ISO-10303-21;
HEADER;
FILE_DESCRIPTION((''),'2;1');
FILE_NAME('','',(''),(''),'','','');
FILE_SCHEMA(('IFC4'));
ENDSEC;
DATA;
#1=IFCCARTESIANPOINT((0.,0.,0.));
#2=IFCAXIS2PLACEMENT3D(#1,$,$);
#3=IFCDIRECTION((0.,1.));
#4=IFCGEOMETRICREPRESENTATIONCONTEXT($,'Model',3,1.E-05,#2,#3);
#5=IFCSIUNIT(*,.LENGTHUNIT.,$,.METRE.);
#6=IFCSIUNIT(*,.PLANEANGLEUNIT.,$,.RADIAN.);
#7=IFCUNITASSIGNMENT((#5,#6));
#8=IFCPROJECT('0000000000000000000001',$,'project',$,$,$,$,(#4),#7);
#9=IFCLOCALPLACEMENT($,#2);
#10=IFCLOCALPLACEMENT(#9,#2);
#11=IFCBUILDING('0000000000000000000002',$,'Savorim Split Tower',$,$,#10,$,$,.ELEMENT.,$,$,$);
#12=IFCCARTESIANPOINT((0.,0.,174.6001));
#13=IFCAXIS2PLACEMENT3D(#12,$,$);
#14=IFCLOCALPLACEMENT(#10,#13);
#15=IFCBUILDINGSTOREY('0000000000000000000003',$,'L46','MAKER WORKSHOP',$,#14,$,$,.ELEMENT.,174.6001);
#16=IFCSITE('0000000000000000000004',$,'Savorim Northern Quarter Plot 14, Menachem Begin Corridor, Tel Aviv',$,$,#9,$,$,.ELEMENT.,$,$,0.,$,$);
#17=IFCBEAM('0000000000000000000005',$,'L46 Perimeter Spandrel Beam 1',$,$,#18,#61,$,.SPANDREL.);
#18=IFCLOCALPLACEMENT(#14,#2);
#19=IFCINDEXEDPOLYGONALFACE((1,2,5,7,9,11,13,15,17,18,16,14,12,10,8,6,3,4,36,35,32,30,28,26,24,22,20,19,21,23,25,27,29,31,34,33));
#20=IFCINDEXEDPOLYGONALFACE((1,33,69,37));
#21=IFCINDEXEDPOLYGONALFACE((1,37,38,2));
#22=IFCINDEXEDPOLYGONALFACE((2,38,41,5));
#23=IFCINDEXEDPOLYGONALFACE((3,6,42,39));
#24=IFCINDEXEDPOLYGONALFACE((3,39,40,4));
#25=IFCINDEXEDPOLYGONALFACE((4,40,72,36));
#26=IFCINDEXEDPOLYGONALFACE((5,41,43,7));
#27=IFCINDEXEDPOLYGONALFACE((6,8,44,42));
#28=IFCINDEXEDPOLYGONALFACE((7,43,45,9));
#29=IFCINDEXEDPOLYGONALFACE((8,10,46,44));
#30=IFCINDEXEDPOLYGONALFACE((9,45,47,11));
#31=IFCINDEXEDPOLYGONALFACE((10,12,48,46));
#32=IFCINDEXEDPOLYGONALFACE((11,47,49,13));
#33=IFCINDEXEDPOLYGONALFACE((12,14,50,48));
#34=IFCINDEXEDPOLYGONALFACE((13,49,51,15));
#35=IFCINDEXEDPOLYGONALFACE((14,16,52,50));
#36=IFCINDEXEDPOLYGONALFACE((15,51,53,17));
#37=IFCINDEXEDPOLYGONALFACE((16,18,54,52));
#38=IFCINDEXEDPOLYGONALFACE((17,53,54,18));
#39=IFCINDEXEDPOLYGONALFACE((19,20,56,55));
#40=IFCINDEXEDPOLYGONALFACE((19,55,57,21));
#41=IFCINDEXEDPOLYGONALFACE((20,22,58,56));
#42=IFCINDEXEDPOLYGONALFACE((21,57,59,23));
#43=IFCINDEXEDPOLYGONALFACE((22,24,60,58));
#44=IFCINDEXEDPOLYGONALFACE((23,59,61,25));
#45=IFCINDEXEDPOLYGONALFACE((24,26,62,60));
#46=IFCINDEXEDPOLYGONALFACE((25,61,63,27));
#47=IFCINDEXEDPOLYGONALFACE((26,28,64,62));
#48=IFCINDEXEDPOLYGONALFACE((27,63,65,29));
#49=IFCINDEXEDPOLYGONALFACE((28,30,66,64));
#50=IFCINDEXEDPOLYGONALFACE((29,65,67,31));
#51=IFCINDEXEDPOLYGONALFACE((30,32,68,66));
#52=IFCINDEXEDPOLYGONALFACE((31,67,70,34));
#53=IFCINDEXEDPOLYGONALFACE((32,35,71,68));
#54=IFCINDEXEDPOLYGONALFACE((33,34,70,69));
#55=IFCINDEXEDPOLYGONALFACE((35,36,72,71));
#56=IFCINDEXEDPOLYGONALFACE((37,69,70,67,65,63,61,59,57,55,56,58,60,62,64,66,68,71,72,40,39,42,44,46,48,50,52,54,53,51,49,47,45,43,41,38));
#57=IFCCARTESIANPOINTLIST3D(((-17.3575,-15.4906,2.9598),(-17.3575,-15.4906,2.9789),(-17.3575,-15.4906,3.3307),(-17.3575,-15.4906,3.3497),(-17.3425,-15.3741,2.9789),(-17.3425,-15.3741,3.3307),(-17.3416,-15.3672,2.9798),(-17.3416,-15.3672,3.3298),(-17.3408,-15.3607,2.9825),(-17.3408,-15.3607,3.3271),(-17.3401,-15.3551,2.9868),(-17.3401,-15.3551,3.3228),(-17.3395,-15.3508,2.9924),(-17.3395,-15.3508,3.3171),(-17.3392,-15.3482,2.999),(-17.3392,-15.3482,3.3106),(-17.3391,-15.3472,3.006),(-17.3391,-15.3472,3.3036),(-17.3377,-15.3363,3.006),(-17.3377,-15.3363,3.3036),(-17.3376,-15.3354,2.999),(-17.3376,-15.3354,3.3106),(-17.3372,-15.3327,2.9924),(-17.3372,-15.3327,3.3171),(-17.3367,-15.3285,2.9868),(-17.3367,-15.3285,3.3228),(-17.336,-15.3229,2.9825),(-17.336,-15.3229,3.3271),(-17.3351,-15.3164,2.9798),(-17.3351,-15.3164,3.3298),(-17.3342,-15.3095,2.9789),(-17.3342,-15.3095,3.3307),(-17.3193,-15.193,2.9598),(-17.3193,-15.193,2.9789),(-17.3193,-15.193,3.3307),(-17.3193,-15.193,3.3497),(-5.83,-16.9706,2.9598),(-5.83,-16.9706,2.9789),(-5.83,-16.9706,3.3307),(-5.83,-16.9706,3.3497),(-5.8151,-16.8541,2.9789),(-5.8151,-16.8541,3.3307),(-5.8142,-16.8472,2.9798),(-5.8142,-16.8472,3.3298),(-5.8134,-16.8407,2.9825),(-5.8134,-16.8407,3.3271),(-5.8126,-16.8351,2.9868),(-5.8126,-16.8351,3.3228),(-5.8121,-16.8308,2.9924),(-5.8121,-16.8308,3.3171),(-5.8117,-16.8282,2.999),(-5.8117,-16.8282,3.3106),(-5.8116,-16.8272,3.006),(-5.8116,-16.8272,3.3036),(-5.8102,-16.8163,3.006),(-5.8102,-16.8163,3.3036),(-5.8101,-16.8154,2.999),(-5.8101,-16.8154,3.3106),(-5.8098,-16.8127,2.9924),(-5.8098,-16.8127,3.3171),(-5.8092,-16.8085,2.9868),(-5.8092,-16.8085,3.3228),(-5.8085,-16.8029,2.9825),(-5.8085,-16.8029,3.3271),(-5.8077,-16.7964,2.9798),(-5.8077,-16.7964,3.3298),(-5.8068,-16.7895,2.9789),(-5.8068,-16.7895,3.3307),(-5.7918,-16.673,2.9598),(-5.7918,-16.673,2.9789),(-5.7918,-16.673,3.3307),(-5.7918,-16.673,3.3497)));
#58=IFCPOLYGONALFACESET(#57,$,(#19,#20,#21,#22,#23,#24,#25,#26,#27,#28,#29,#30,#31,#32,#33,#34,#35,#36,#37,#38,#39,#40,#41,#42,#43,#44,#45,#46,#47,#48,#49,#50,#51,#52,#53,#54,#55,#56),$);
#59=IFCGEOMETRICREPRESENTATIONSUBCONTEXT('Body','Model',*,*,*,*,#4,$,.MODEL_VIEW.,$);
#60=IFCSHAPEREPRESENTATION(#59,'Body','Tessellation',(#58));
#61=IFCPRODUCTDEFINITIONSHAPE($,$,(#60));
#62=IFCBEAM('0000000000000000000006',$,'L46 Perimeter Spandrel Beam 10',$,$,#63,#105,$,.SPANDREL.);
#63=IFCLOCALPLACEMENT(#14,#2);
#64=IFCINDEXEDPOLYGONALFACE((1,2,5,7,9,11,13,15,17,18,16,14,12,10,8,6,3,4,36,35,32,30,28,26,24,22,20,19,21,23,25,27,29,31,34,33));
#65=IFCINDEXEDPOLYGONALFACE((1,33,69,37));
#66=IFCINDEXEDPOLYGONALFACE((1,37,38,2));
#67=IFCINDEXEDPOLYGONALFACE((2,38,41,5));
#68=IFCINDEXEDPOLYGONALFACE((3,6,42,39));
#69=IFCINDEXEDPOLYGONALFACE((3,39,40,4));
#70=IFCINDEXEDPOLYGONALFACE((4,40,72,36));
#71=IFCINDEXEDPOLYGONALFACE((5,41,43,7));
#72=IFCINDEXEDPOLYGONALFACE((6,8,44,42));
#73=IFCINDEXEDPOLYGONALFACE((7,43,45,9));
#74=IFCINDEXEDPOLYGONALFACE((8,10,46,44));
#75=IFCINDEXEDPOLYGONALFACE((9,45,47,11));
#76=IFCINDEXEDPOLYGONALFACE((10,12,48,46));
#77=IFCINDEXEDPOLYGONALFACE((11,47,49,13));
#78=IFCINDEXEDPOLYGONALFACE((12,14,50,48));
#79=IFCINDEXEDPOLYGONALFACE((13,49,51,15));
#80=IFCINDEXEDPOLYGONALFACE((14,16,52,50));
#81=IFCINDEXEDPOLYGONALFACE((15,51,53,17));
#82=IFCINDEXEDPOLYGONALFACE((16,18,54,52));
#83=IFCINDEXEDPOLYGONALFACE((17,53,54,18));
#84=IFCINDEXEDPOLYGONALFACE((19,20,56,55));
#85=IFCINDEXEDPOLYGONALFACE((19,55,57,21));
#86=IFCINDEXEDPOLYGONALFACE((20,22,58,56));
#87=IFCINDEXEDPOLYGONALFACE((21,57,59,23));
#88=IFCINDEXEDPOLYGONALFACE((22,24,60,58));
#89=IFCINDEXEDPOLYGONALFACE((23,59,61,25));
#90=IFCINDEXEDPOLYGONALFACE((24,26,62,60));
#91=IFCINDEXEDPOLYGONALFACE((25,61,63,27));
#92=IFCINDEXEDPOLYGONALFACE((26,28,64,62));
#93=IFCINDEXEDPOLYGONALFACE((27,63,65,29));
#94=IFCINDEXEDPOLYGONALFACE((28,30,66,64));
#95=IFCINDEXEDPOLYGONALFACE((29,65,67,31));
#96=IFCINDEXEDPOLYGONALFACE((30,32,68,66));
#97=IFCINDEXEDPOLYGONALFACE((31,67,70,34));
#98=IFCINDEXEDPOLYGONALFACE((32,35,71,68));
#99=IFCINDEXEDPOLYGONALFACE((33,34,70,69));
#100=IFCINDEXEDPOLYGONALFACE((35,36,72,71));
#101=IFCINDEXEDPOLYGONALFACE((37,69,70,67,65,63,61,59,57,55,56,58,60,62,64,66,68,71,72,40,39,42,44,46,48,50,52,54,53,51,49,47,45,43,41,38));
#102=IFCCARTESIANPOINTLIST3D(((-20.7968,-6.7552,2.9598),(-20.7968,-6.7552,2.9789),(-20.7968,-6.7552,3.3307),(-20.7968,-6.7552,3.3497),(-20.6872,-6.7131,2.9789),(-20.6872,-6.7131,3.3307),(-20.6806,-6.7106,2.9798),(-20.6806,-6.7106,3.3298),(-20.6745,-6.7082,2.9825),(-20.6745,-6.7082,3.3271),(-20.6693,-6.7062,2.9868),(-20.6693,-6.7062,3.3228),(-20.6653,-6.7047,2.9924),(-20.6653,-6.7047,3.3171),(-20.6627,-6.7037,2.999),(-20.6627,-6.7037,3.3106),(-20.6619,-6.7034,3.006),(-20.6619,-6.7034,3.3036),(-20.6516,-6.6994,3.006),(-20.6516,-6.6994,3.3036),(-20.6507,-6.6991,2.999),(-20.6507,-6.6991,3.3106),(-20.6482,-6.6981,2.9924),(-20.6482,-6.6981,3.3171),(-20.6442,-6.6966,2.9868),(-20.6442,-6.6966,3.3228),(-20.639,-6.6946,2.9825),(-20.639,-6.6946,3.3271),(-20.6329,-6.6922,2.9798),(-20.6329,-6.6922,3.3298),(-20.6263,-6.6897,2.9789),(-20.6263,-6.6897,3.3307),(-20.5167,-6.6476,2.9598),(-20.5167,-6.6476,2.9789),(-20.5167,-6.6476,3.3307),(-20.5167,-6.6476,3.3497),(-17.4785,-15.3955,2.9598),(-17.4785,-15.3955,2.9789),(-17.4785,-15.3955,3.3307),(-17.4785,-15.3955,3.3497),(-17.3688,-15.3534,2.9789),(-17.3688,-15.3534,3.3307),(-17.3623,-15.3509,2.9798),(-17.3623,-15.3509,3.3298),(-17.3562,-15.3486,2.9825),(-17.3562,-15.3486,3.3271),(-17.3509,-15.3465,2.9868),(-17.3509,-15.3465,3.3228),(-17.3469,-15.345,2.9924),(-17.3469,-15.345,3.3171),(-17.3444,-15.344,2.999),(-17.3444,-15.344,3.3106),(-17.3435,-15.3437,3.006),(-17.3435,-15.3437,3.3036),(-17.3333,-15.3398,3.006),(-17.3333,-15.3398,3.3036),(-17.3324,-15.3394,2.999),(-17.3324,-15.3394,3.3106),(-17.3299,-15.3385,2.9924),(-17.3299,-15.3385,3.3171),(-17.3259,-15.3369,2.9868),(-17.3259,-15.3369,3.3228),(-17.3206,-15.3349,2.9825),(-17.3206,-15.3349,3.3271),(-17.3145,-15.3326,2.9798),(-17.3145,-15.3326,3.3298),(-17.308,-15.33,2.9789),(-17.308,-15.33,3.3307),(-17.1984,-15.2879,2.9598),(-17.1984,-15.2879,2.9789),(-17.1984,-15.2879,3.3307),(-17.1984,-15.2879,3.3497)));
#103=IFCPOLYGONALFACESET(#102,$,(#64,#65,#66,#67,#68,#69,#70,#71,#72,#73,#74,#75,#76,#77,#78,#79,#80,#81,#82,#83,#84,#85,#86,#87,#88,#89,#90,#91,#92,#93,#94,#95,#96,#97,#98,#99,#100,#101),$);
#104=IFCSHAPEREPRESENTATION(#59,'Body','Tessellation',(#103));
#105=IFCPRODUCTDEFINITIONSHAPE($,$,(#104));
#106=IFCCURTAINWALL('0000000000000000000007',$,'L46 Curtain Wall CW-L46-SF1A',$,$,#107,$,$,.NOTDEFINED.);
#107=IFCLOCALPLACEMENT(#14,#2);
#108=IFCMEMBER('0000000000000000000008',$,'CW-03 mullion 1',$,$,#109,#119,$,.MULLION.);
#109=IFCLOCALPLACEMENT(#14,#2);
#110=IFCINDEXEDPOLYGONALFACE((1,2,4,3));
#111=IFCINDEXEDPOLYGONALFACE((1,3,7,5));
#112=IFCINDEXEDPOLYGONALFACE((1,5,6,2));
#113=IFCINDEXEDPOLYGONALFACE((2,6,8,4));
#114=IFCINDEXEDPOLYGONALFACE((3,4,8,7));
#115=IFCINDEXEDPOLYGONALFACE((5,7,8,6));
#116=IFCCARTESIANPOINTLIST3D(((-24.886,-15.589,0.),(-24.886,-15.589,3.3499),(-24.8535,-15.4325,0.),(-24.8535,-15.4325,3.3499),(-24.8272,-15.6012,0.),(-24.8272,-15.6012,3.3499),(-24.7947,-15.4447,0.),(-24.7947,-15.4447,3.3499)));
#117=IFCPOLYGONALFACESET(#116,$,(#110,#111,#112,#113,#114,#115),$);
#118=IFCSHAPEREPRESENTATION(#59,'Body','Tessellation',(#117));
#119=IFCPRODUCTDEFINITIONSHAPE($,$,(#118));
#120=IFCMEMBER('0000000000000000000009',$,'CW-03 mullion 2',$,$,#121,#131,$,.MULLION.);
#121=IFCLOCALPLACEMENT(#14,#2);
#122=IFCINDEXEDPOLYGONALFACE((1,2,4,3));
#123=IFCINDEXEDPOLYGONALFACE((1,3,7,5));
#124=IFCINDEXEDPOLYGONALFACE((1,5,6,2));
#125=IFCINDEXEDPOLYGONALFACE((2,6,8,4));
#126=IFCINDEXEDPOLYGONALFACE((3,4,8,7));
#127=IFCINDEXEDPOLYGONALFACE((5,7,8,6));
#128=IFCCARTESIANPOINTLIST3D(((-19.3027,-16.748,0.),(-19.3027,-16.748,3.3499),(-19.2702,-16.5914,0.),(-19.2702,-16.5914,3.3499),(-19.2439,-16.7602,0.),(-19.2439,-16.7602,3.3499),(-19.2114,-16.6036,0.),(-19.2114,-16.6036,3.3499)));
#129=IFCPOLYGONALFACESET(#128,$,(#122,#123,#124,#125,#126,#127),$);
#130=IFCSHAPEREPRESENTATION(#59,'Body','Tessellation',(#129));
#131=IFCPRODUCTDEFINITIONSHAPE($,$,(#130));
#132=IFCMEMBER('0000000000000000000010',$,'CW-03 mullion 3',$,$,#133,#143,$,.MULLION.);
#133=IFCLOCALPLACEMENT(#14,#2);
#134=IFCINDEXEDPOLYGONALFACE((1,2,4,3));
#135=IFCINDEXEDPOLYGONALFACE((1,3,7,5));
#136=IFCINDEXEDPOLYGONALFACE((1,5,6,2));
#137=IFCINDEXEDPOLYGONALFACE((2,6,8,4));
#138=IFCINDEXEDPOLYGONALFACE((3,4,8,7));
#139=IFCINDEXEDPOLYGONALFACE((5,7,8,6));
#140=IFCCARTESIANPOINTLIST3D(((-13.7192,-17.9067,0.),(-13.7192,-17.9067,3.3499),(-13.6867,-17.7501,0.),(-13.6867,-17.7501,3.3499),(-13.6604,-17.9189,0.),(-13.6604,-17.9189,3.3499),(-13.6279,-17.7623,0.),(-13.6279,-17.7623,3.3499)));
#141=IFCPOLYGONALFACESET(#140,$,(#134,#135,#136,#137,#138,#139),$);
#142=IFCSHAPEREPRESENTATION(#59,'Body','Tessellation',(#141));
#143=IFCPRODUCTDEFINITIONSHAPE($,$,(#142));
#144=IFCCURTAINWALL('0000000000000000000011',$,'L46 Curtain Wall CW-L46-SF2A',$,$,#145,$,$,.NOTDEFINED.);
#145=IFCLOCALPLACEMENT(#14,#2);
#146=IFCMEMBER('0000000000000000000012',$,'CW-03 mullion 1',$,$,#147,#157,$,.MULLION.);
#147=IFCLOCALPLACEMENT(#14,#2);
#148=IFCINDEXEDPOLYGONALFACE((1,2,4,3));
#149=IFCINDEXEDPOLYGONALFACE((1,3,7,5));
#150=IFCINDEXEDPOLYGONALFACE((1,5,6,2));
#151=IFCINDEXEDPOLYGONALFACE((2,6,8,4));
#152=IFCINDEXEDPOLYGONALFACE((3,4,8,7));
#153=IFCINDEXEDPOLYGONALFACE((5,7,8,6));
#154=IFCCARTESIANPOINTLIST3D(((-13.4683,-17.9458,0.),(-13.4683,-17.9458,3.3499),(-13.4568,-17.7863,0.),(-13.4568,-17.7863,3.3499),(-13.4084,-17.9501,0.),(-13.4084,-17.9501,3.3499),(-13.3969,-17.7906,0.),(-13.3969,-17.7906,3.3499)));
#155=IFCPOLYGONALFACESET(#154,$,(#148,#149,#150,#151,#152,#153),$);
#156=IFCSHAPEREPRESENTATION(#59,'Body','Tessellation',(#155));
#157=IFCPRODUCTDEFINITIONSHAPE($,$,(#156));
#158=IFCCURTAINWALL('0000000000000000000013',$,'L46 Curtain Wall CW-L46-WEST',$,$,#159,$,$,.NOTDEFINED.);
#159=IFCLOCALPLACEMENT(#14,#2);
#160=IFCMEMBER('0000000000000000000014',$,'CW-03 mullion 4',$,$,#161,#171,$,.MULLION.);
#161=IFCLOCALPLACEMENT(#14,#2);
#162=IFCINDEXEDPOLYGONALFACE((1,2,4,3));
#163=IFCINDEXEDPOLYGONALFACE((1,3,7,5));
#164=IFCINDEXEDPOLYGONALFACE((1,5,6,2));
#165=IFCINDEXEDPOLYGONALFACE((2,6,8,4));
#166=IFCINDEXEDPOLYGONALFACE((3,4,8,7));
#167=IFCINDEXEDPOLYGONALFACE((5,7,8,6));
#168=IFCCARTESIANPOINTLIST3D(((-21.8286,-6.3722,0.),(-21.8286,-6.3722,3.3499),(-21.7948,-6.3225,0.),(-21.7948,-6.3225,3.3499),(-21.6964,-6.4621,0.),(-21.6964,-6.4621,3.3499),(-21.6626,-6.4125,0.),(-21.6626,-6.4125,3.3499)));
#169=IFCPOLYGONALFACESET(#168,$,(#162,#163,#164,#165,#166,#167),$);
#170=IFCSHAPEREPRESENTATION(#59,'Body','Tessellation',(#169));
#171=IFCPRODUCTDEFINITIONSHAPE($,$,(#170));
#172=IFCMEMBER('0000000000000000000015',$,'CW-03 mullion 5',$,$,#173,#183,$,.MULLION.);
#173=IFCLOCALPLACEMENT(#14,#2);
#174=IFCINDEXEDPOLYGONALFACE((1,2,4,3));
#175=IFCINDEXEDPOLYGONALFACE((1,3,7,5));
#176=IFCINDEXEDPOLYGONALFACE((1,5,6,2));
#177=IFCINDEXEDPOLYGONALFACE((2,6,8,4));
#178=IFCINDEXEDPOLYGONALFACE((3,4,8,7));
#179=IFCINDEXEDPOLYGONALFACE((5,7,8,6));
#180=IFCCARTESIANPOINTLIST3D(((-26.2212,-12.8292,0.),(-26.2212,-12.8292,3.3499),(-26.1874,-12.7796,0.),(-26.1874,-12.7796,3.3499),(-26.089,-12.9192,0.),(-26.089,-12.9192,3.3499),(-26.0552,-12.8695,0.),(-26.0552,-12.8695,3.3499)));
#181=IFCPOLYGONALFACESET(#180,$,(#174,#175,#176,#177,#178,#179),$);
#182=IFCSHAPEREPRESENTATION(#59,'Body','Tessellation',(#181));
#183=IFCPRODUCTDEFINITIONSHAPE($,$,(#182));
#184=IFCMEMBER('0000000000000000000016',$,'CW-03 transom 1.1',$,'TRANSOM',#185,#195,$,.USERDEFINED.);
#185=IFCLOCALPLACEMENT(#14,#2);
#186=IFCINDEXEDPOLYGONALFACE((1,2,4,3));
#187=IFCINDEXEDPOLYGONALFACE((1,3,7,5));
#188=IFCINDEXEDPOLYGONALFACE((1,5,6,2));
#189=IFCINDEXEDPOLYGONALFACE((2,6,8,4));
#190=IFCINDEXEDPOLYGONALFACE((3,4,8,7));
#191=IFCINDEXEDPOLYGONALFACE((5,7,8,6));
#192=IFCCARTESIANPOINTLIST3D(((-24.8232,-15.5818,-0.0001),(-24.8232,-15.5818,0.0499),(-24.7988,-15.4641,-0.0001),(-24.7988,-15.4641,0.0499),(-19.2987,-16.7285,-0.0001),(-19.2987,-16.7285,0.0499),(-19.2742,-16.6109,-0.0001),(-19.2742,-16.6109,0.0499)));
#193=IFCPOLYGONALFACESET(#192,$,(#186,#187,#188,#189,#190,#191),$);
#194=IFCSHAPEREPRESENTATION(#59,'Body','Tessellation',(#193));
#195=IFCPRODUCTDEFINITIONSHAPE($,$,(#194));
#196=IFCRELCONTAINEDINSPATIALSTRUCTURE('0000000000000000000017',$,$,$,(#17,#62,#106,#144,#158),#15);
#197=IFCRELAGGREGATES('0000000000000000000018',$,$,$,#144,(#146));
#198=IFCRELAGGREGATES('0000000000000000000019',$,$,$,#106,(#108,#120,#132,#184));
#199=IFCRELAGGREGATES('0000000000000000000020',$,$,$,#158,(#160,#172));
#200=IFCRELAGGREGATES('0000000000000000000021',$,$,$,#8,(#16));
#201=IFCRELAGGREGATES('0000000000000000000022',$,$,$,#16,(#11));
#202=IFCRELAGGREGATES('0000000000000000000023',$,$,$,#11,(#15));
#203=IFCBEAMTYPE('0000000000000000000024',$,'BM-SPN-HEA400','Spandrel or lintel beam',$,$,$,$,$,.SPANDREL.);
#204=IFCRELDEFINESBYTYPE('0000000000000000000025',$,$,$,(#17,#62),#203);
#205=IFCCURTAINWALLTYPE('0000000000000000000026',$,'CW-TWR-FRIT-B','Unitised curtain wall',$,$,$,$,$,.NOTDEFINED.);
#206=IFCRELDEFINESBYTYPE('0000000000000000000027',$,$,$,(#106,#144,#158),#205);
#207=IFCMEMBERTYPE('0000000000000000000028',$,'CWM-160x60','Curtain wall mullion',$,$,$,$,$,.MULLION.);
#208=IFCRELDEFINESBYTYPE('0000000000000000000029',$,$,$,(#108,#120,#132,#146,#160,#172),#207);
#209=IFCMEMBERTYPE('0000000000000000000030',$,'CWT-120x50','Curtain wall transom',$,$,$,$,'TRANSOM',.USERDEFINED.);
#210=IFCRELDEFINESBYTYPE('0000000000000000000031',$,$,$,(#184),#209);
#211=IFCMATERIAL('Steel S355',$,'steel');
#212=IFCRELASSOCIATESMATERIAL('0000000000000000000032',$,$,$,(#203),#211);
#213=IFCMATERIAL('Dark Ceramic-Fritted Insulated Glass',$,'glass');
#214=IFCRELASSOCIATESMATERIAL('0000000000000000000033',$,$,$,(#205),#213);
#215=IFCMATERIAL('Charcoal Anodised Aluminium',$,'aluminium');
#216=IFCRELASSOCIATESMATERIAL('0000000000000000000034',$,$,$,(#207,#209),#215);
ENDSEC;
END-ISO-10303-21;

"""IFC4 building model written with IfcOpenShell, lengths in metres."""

from ifc_helpers import new_model, si_unit, direction, frame, origin, origin_2d, place, context, subcontext, project, spatial, rectangle, i_section, extrude, material, material_profile, profile_set, type_object, element, aggregate, save


model = new_model("IFC4")

# Units and contexts
model_context = context("Model", 3, precision=1e-05, world=origin(), true_north=direction((0.0, 1.0)))
body_context = subcontext(model_context, "Body", "Model", "MODEL_VIEW")
ifc_project = project(units=[si_unit("LENGTHUNIT", "METRE"), si_unit("PLANEANGLEUNIT", "RADIAN")], contexts=[model_context])

# Site, building, storey
site_placement = place(None, origin())
site = spatial("IfcSite", under=ifc_project, at=site_placement, Name="Savorim Northern Quarter Plot 14, Menachem Begin Corridor, Tel Aviv", CompositionType="ELEMENT", RefElevation=0.0)
building_placement = place(site_placement, origin())
building = spatial("IfcBuilding", under=site, at=building_placement, Name="Savorim Split Tower", CompositionType="ELEMENT")
storey_placement = place(building_placement, frame((0.0, 0.0, 174.6001)))
storey = spatial("IfcBuildingStorey", under=building, at=storey_placement, Name="L46", Description="MAKER WORKSHOP", CompositionType="ELEMENT", Elevation=174.6001)

# Beams
ifc_material_1 = material(Name="Steel S355", Category="steel")
ifc_material_profile_1 = material_profile(ifc_material_1, i_section(OverallWidth=0.3, OverallDepth=0.3899, WebThickness=0.011, FlangeThickness=0.019, FilletRadius=0.0271, at=origin_2d()), Name="HEA 400")
ifc_profile_set_1 = profile_set([ifc_material_profile_1], Name="Steel S355")
beam_type_1 = type_object("IfcBeamType", Name="BM-SPN-HEA400", Description="Spandrel or lintel beam", PredefinedType="SPANDREL", material=ifc_profile_set_1)
beam_1_placement = place(storey_placement, frame((-17.3384, -15.3418, 3.1548), z_axis=(0.991859, -0.127343, 0.0), x_axis=(0.127343, 0.991859, 0.0)))
element("IfcBeam", 1, at=beam_1_placement, inside=storey, type_object=beam_type_1, Name="L46 Perimeter Spandrel Beam 1", PredefinedType="SPANDREL", context=body_context, shape_type="SweptSolid", body=[
    extrude(i_section(OverallWidth=0.3, OverallDepth=0.3899, WebThickness=0.011, FlangeThickness=0.019, FilletRadius=0.0271, at=origin_2d()), origin(), (0.0, 0.0, 1.0), 11.6221),
])
beam_2_placement = place(storey_placement, frame((-20.6567, -6.7014, 3.1548), z_axis=(0.358521, -0.933522, 0.0), x_axis=(0.933522, 0.358521, 0.0)))
element("IfcBeam", 2, at=beam_2_placement, inside=storey, type_object=beam_type_1, Name="L46 Perimeter Spandrel Beam 10", PredefinedType="SPANDREL", context=body_context, shape_type="SweptSolid", body=[
    extrude(i_section(OverallWidth=0.3, OverallDepth=0.3899, WebThickness=0.011, FlangeThickness=0.019, FilletRadius=0.0271, at=origin_2d()), origin(), (0.0, 0.0, 1.0), 9.2556),
])

# Curtain wall, members
ifc_material_2 = material(Name="Dark Ceramic-Fritted Insulated Glass", Category="glass")
curtain_wall_type = type_object("IfcCurtainWallType", Name="CW-TWR-FRIT-B", Description="Unitised curtain wall", PredefinedType="NOTDEFINED", material=ifc_material_2)
curtain_wall_1_placement = place(storey_placement, origin())
curtain_wall_1 = element("IfcCurtainWall", 3, at=curtain_wall_1_placement, inside=storey, type_object=curtain_wall_type, Name="L46 Curtain Wall CW-L46-SF1A", PredefinedType="NOTDEFINED")
ifc_material_3 = material(Name="Charcoal Anodised Aluminium", Category="aluminium")
ifc_material_profile_2 = material_profile(ifc_material_3, rectangle(XDim=0.1599, YDim=0.0601, at=origin_2d()), Name="ALU-M 160x60")
ifc_profile_set_2 = profile_set([ifc_material_profile_2], Name="Charcoal Anodised Aluminium")
member_type_1 = type_object("IfcMemberType", Name="CWM-160x60", Description="Curtain wall mullion", PredefinedType="MULLION", material=ifc_profile_set_2)
member_1_placement = place(storey_placement, frame((-24.8403, -15.5168, 0.0), z_axis=(0.0, 0.0, 1.0), x_axis=(0.203216, 0.979134, 0.0)))
member_1 = element("IfcMember", 4, at=member_1_placement, type_object=member_type_1, Name="CW-03 mullion 1", PredefinedType="MULLION", context=body_context, shape_type="SweptSolid", body=[
    extrude(rectangle(XDim=0.1599, YDim=0.0601, at=origin_2d()), origin(), (0.0, 0.0, 1.0), 3.3499),
])
member_2_placement = place(storey_placement, frame((-19.2571, -16.6758, 0.0), z_axis=(0.0, 0.0, 1.0), x_axis=(0.203216, 0.979134, 0.0)))
member_2 = element("IfcMember", 5, at=member_2_placement, type_object=member_type_1, Name="CW-03 mullion 2", PredefinedType="MULLION", context=body_context, shape_type="SweptSolid", body=[
    extrude(rectangle(XDim=0.1599, YDim=0.0601, at=origin_2d()), origin(), (0.0, 0.0, 1.0), 3.3499),
])
member_3_placement = place(storey_placement, frame((-13.6736, -17.8345, 0.0), z_axis=(0.0, 0.0, 1.0), x_axis=(0.203216, 0.979134, 0.0)))
member_3 = element("IfcMember", 6, at=member_3_placement, type_object=member_type_1, Name="CW-03 mullion 3", PredefinedType="MULLION", context=body_context, shape_type="SweptSolid", body=[
    extrude(rectangle(XDim=0.1599, YDim=0.0601, at=origin_2d()), origin(), (0.0, 0.0, 1.0), 3.3499),
])

# Curtain wall, member
curtain_wall_2_placement = place(storey_placement, origin())
curtain_wall_2 = element("IfcCurtainWall", 7, at=curtain_wall_2_placement, inside=storey, type_object=curtain_wall_type, Name="L46 Curtain Wall CW-L46-SF2A", PredefinedType="NOTDEFINED")
member_4_placement = place(storey_placement, frame((-13.4326, -17.8682, 0.0), z_axis=(0.0, 0.0, 1.0), x_axis=(0.071559, 0.997436, 0.0)))
member_4 = element("IfcMember", 8, at=member_4_placement, type_object=member_type_1, Name="CW-03 mullion 1", PredefinedType="MULLION", context=body_context, shape_type="SweptSolid", body=[
    extrude(rectangle(XDim=0.1599, YDim=0.0601, at=origin_2d()), origin(), (0.0, 0.0, 1.0), 3.3499),
])

# Curtain wall, members
curtain_wall_3_placement = place(storey_placement, origin())
curtain_wall_3 = element("IfcCurtainWall", 9, at=curtain_wall_3_placement, inside=storey, type_object=curtain_wall_type, Name="L46 Curtain Wall CW-L46-WEST", PredefinedType="NOTDEFINED")
member_5_placement = place(storey_placement, frame((-21.7456, -6.3923, 0.0), z_axis=(0.0, 0.0, 1.0), x_axis=(0.826819, -0.562468, 0.0)))
member_5 = element("IfcMember", 10, at=member_5_placement, type_object=member_type_1, Name="CW-03 mullion 4", PredefinedType="MULLION", context=body_context, shape_type="SweptSolid", body=[
    extrude(rectangle(XDim=0.1599, YDim=0.0601, at=origin_2d()), origin(), (0.0, 0.0, 1.0), 3.3499),
])
member_6_placement = place(storey_placement, frame((-26.1382, -12.8494, 0.0), z_axis=(0.0, 0.0, 1.0), x_axis=(0.826819, -0.562468, 0.0)))
member_6 = element("IfcMember", 11, at=member_6_placement, type_object=member_type_1, Name="CW-03 mullion 5", PredefinedType="MULLION", context=body_context, shape_type="SweptSolid", body=[
    extrude(rectangle(XDim=0.1599, YDim=0.0601, at=origin_2d()), origin(), (0.0, 0.0, 1.0), 3.3499),
])

# Member
ifc_material_profile_3 = material_profile(ifc_material_3, rectangle(XDim=0.1201, YDim=0.05, at=origin_2d()), Name="ALU-T 120x50")
ifc_profile_set_3 = profile_set([ifc_material_profile_3], Name="Charcoal Anodised Aluminium")
member_type_2 = type_object("IfcMemberType", Name="CWT-120x50", Description="Curtain wall transom", ElementType="TRANSOM", PredefinedType="USERDEFINED", material=ifc_profile_set_3)
member_7_placement = place(storey_placement, frame((-24.811, -15.5229, 0.0249), z_axis=(0.97913, -0.203234, 0.0), x_axis=(0.203234, 0.97913, 0.0)))
member_7 = element("IfcMember", 12, at=member_7_placement, type_object=member_type_2, Name="CW-03 transom 1.1", ObjectType="TRANSOM", PredefinedType="USERDEFINED", context=body_context, shape_type="SweptSolid", body=[
    extrude(rectangle(XDim=0.1201, YDim=0.05, at=origin_2d()), origin(), (0.0, 0.0, 1.0), 5.6423),
])
aggregate(curtain_wall_2, [member_4])

aggregate(curtain_wall_1, [member_1, member_2, member_3, member_7])
aggregate(curtain_wall_3, [member_5, member_6])

save(model, "model.ifc")
